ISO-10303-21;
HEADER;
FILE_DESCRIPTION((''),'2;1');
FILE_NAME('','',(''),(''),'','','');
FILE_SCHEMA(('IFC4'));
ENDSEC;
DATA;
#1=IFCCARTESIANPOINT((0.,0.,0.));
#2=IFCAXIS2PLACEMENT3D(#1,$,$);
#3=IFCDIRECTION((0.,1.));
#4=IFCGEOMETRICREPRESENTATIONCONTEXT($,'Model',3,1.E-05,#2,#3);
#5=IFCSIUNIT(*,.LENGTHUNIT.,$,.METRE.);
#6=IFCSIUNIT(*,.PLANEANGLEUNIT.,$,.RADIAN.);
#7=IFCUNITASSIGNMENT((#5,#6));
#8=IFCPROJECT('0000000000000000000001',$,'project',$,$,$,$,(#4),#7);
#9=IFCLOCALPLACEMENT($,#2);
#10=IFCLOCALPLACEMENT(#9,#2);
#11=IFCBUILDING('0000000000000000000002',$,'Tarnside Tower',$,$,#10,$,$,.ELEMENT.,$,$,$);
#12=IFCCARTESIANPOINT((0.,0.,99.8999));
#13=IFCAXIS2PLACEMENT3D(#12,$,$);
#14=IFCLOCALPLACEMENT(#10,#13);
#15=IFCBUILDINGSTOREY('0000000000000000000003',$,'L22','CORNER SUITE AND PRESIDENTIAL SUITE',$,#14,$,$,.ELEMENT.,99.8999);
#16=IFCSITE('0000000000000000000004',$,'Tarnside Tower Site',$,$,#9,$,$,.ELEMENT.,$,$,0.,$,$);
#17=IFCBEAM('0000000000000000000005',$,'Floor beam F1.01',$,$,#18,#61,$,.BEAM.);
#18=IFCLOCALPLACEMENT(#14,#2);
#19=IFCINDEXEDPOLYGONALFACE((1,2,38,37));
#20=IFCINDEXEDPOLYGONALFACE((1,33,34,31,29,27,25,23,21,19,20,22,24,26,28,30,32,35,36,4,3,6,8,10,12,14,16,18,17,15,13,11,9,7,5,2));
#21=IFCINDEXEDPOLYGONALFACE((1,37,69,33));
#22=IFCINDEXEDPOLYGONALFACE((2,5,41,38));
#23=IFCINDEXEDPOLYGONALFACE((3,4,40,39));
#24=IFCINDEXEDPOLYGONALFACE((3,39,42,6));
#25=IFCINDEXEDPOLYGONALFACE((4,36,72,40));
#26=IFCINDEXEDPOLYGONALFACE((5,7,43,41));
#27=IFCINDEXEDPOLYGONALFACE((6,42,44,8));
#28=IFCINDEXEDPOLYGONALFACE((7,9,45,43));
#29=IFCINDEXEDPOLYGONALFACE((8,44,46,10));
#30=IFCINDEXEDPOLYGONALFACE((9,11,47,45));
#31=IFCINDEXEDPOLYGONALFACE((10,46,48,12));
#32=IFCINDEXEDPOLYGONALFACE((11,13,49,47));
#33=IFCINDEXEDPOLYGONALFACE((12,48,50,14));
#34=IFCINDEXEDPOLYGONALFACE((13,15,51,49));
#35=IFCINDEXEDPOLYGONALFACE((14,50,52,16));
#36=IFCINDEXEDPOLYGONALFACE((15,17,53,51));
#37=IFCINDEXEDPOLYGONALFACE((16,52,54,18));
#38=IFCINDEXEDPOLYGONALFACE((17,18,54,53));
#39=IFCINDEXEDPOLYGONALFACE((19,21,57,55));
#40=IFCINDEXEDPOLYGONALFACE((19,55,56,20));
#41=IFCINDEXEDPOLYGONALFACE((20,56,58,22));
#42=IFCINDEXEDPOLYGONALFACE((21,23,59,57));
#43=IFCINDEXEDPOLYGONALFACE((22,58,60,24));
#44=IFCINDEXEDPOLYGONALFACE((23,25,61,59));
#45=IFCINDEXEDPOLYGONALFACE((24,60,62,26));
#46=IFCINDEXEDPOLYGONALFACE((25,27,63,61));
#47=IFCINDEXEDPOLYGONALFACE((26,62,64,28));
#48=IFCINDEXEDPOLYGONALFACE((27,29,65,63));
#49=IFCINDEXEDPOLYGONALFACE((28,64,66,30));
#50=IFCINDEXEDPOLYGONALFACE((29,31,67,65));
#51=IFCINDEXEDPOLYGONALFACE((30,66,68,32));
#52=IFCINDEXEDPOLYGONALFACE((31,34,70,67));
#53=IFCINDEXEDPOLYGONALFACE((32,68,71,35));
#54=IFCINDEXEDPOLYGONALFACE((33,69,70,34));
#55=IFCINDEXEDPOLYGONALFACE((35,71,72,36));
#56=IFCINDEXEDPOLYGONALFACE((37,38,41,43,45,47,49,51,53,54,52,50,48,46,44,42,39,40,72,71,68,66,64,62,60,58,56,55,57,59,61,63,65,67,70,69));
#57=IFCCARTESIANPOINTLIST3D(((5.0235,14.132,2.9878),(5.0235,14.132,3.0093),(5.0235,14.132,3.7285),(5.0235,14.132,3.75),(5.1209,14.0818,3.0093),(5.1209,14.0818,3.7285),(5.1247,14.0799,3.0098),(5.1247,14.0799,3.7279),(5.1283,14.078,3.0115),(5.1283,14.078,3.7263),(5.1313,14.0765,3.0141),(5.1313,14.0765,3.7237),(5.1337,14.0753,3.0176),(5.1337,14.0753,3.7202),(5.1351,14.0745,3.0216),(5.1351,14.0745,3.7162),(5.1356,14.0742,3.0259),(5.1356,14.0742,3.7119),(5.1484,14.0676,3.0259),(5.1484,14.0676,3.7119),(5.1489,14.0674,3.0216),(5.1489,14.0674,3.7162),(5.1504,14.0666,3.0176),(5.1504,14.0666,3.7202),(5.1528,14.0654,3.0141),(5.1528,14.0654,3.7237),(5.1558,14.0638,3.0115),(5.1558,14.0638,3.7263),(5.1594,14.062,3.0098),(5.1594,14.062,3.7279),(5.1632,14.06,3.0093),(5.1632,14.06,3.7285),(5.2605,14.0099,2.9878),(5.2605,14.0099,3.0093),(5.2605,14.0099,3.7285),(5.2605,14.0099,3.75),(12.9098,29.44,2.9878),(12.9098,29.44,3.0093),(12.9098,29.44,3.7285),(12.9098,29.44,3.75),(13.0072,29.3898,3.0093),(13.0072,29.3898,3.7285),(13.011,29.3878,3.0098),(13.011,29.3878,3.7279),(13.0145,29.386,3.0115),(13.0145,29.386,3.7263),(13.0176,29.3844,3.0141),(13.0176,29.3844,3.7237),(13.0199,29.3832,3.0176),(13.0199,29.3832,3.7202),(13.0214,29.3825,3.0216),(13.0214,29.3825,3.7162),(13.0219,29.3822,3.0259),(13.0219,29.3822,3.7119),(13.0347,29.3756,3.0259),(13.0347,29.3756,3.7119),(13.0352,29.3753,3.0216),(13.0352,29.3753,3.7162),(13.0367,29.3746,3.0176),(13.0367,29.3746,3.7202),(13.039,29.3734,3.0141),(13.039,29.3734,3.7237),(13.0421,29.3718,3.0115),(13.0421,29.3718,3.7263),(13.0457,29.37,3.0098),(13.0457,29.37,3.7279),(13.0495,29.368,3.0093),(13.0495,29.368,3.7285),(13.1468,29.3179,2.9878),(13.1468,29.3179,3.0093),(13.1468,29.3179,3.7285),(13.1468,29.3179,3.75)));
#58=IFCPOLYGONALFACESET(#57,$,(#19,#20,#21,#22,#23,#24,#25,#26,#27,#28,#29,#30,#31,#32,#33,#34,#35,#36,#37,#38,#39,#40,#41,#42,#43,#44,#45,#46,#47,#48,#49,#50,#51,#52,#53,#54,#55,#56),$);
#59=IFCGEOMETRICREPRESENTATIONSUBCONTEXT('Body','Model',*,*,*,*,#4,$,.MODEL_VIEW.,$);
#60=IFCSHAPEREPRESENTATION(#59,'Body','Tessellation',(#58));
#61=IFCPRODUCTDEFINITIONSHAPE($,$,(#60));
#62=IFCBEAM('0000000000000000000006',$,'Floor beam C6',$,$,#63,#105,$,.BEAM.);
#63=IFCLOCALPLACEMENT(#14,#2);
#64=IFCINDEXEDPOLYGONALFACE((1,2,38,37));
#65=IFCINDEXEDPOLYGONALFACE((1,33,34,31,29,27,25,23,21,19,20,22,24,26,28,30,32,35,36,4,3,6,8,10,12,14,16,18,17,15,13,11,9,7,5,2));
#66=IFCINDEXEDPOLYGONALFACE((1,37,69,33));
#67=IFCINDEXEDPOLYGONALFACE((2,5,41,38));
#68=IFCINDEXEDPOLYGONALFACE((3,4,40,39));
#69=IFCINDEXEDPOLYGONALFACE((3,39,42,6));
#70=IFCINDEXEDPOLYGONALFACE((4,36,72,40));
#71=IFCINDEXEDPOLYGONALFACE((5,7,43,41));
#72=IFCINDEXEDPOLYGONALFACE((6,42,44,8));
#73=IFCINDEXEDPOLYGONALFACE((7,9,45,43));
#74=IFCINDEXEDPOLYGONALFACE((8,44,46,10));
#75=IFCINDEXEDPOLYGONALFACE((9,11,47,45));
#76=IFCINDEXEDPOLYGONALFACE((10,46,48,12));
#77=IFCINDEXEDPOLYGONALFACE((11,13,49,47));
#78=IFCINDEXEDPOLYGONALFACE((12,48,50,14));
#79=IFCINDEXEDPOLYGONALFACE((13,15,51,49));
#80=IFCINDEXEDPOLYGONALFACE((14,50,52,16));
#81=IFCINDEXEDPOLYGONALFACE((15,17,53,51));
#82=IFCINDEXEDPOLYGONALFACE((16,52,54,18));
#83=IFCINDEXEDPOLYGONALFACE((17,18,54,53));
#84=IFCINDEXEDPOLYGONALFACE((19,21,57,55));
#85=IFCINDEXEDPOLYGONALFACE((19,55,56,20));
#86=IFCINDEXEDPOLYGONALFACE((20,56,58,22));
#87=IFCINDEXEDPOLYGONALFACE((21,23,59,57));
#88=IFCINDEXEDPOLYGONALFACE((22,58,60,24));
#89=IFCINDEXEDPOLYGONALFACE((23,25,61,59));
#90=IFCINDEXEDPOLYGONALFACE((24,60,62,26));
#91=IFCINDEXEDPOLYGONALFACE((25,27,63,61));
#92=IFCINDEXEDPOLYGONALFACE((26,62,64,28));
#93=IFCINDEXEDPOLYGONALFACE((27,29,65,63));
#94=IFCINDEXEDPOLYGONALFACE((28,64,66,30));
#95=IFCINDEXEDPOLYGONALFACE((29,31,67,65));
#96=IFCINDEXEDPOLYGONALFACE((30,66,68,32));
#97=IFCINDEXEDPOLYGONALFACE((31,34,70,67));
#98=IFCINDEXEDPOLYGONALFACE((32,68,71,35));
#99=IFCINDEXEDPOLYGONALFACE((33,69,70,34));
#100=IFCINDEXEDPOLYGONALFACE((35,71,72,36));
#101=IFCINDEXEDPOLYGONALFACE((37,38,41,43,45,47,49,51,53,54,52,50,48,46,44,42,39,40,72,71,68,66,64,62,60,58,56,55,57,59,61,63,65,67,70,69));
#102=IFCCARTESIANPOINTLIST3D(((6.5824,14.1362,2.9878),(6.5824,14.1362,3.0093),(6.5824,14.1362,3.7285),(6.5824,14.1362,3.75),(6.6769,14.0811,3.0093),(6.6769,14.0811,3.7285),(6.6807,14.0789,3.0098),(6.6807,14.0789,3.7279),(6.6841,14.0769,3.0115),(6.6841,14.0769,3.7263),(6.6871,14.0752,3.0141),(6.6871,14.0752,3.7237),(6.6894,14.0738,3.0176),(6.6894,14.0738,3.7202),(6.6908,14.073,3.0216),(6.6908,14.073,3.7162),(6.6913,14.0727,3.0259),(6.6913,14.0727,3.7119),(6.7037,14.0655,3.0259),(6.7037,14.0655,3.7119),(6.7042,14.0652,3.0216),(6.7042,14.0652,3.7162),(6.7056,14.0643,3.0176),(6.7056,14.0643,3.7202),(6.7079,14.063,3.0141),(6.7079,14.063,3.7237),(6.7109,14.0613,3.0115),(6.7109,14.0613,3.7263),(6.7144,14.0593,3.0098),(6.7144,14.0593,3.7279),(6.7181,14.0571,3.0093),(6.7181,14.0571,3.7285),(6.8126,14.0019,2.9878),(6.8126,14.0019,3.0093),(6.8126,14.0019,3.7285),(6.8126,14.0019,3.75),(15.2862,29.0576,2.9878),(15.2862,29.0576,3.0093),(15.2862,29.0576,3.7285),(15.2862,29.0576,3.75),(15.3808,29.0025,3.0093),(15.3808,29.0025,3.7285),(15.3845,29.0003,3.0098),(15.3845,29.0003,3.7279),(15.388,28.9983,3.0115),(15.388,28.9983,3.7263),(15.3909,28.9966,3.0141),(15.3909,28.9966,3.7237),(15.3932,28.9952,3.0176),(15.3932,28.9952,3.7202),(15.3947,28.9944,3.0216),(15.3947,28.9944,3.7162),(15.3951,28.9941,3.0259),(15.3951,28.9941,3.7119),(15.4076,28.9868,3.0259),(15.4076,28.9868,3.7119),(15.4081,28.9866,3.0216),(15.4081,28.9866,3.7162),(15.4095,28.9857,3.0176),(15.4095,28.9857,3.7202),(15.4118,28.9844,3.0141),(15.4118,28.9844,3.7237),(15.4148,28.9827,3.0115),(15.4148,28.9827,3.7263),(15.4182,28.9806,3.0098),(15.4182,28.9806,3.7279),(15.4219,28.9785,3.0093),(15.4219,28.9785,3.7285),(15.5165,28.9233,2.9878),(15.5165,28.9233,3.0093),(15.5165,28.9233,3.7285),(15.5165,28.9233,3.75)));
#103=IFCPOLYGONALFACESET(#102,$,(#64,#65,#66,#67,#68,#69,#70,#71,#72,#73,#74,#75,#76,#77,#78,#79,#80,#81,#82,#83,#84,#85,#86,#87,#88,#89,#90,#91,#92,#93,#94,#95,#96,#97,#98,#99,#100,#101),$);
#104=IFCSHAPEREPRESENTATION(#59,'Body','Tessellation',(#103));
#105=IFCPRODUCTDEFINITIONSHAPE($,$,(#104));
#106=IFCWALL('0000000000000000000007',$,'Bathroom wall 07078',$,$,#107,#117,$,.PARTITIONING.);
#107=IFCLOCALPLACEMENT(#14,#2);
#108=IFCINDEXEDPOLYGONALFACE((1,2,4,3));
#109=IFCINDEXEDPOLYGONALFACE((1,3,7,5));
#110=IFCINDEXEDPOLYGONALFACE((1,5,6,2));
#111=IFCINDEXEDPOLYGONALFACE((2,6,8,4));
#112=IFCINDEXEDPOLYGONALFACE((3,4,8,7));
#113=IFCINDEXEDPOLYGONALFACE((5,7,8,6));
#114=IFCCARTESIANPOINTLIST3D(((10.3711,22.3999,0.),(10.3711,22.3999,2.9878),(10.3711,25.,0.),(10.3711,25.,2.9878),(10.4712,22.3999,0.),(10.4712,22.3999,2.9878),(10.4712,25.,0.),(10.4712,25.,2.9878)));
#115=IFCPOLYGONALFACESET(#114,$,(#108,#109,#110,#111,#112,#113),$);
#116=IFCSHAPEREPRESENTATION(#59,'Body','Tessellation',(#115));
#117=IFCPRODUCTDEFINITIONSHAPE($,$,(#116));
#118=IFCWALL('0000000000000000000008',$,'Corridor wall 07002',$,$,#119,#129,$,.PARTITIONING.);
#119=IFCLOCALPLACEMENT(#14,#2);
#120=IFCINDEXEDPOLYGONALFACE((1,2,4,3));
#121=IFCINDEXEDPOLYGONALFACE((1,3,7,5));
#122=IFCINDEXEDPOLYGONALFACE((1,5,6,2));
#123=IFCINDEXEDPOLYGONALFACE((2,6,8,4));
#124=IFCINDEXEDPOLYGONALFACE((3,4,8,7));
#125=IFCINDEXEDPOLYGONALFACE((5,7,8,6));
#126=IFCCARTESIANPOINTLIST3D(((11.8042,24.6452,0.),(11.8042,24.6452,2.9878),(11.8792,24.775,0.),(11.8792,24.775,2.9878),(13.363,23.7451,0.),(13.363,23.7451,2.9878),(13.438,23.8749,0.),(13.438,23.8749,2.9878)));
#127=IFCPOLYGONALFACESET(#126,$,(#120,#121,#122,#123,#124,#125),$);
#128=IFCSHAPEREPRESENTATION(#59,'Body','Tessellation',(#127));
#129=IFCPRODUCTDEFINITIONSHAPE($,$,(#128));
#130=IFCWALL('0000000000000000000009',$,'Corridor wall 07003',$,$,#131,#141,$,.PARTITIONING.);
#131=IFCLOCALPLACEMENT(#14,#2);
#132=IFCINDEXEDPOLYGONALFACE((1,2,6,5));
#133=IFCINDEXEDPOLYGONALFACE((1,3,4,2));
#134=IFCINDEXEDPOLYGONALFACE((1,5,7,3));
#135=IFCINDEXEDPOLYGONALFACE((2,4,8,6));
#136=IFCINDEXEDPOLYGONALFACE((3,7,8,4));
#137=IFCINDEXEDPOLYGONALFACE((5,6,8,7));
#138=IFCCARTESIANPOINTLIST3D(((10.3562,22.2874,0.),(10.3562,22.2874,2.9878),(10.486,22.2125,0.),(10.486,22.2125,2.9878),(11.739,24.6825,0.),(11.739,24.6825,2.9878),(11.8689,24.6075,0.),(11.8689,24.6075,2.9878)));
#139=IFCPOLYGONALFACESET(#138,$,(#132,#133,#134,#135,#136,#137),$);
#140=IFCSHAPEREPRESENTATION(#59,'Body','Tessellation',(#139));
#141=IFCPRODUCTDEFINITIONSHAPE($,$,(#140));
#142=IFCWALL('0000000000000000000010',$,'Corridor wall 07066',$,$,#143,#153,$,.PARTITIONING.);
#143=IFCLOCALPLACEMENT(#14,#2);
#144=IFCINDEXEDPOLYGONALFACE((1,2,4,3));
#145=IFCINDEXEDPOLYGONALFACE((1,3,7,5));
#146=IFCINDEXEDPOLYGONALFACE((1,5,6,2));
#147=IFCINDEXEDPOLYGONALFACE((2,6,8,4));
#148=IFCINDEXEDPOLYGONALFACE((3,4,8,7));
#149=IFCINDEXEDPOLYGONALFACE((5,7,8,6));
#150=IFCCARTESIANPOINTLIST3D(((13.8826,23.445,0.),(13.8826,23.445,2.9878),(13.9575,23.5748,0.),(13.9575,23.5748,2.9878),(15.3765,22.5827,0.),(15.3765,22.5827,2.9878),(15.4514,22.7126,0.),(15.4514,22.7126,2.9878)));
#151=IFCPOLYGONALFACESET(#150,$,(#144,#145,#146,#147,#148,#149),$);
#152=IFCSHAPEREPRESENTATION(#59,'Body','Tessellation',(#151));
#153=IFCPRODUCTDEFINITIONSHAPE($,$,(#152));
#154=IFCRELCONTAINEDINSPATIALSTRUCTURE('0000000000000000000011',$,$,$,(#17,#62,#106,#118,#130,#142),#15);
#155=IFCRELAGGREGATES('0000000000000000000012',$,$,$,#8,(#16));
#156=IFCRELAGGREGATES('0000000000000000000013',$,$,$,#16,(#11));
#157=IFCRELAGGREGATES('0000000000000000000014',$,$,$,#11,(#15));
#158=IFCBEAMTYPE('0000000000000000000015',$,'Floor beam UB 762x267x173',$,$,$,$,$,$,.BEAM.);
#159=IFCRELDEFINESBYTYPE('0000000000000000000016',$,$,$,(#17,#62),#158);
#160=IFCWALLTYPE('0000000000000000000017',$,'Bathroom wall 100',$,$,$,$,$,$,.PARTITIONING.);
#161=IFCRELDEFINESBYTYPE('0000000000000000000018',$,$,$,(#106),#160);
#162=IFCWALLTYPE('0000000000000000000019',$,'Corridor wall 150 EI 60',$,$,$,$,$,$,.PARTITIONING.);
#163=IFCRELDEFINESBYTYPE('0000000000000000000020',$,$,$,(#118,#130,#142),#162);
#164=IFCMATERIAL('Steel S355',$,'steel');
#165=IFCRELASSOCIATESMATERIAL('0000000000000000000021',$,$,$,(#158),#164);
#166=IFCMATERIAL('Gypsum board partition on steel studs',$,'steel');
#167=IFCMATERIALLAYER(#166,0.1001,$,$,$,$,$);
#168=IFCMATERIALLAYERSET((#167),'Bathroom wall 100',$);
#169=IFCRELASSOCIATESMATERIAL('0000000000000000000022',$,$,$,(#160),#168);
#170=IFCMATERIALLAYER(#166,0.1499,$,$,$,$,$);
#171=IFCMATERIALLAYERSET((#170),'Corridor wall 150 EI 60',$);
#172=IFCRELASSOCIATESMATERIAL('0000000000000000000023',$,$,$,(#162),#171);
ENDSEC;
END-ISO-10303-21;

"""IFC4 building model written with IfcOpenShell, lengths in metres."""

from ifc_helpers import new_model, si_unit, direction, frame, frame_2d, origin, origin_2d, place, context, subcontext, project, spatial, rectangle, i_section, extrude, material, layer, layer_set, material_profile, profile_set, type_object, element, save


model = new_model("IFC4")

# Units and contexts
model_context = context("Model", 3, precision=1e-05, world=origin(), true_north=direction((0.0, 1.0)))
body_context = subcontext(model_context, "Body", "Model", "MODEL_VIEW")
ifc_project = project(units=[si_unit("LENGTHUNIT", "METRE"), si_unit("PLANEANGLEUNIT", "RADIAN")], contexts=[model_context])

# Site, building, storey
site_placement = place(None, origin())
site = spatial("IfcSite", under=ifc_project, at=site_placement, Name="Tarnside Tower Site", CompositionType="ELEMENT", RefElevation=0.0)
building_placement = place(site_placement, origin())
building = spatial("IfcBuilding", under=site, at=building_placement, Name="Tarnside Tower", CompositionType="ELEMENT")
storey_placement = place(building_placement, frame((0.0, 0.0, 99.8999)))
storey = spatial("IfcBuildingStorey", under=building, at=storey_placement, Name="L22", Description="CORNER SUITE AND PRESIDENTIAL SUITE", CompositionType="ELEMENT", Elevation=99.8999)

# Beams
ifc_material_1 = material(Name="Steel S355", Category="steel")
ifc_material_profile = material_profile(ifc_material_1, i_section(OverallWidth=0.2666, OverallDepth=0.7622, WebThickness=0.0144, FlangeThickness=0.0215, FilletRadius=0.0166, at=origin_2d()), Name="UB 762x267x173")
ifc_profile_set = profile_set([ifc_material_profile], Name="Steel S355")
beam_type = type_object("IfcBeamType", Name="Floor beam UB 762x267x173", PredefinedType="BEAM", material=ifc_profile_set)
beam_1_placement = place(storey_placement, frame((13.0283, 29.3789, 3.3689), z_axis=(-0.457973, -0.888966, 0.0), x_axis=(0.888966, -0.457973, 0.0)))
element("IfcBeam", 1, at=beam_1_placement, inside=storey, type_object=beam_type, Name="Floor beam F1.01", PredefinedType="BEAM", context=body_context, shape_type="SweptSolid", body=[
    extrude(i_section(OverallWidth=0.2666, OverallDepth=0.7622, WebThickness=0.0144, FlangeThickness=0.0215, FilletRadius=0.0166, at=origin_2d()), origin(), (0.0, 0.0, 1.0), 17.22),
])
beam_2_placement = place(storey_placement, frame((15.4014, 28.9905, 3.3689), z_axis=(-0.503859, -0.863786, 0.0), x_axis=(0.863786, -0.503859, 0.0)))
element("IfcBeam", 2, at=beam_2_placement, inside=storey, type_object=beam_type, Name="Floor beam C6", PredefinedType="BEAM", context=body_context, shape_type="SweptSolid", body=[
    extrude(i_section(OverallWidth=0.2666, OverallDepth=0.7622, WebThickness=0.0144, FlangeThickness=0.0215, FilletRadius=0.0166, at=origin_2d()), origin(), (0.0, 0.0, 1.0), 17.2744),
])

# Walls
ifc_material_2 = material(Name="Gypsum board partition on steel studs", Category="steel")
ifc_layer_1 = layer(ifc_material_2, 0.1001)
ifc_layer_set_1 = layer_set([ifc_layer_1], Name="Bathroom wall 100")
wall_type_1 = type_object("IfcWallType", Name="Bathroom wall 100", PredefinedType="PARTITIONING", material=ifc_layer_set_1)
wall_1_placement = place(storey_placement, frame((10.4211, 25.0, 0.0), z_axis=(0.0, 0.0, 1.0), x_axis=(0.0, -1.0, 0.0)))
element("IfcWall", 3, at=wall_1_placement, inside=storey, type_object=wall_type_1, Name="Bathroom wall 07078", PredefinedType="PARTITIONING", context=body_context, shape_type="SweptSolid", body=[
    extrude(rectangle(XDim=2.6001, YDim=0.1001, at=frame_2d((1.3, 0.0))), origin(), (0.0, 0.0, 1.0), 2.9878),
])
ifc_layer_2 = layer(ifc_material_2, 0.1499)
ifc_layer_set_2 = layer_set([ifc_layer_2], Name="Corridor wall 150 EI 60")
wall_type_2 = type_object("IfcWallType", Name="Corridor wall 150 EI 60", PredefinedType="PARTITIONING", material=ifc_layer_set_2)
wall_2_placement = place(storey_placement, frame((13.4004, 23.8101, 0.0), z_axis=(0.0, 0.0, 1.0), x_axis=(-0.865989, 0.500063, 0.0)))
element("IfcWall", 4, at=wall_2_placement, inside=storey, type_object=wall_type_2, Name="Corridor wall 07002", PredefinedType="PARTITIONING", context=body_context, shape_type="SweptSolid", body=[
    extrude(rectangle(XDim=1.8, YDim=0.1499, at=frame_2d((0.8999, 0.0))), origin(), (0.0, 0.0, 1.0), 2.9878),
])
wall_3_placement = place(storey_placement, frame((11.804, 24.645, 0.0), z_axis=(0.0, 0.0, 1.0), x_axis=(-0.500013, -0.866018, 0.0)))
element("IfcWall", 5, at=wall_3_placement, inside=storey, type_object=wall_type_2, Name="Corridor wall 07003", PredefinedType="PARTITIONING", context=body_context, shape_type="SweptSolid", body=[
    extrude(rectangle(XDim=2.7656, YDim=0.1499, at=frame_2d((1.3828, 0.0))), origin(), (0.0, 0.0, 1.0), 2.9878),
])
wall_4_placement = place(storey_placement, frame((15.4138, 22.6477, 0.0), z_axis=(0.0, 0.0, 1.0), x_axis=(-0.866075, 0.499914, 0.0)))
element("IfcWall", 6, at=wall_4_placement, inside=storey, type_object=wall_type_2, Name="Corridor wall 07066", PredefinedType="PARTITIONING", context=body_context, shape_type="SweptSolid", body=[
    extrude(rectangle(XDim=1.7249, YDim=0.1499, at=frame_2d((0.8623, 0.0))), origin(), (0.0, 0.0, 1.0), 2.9878),
])

save(model, "model.ifc")
